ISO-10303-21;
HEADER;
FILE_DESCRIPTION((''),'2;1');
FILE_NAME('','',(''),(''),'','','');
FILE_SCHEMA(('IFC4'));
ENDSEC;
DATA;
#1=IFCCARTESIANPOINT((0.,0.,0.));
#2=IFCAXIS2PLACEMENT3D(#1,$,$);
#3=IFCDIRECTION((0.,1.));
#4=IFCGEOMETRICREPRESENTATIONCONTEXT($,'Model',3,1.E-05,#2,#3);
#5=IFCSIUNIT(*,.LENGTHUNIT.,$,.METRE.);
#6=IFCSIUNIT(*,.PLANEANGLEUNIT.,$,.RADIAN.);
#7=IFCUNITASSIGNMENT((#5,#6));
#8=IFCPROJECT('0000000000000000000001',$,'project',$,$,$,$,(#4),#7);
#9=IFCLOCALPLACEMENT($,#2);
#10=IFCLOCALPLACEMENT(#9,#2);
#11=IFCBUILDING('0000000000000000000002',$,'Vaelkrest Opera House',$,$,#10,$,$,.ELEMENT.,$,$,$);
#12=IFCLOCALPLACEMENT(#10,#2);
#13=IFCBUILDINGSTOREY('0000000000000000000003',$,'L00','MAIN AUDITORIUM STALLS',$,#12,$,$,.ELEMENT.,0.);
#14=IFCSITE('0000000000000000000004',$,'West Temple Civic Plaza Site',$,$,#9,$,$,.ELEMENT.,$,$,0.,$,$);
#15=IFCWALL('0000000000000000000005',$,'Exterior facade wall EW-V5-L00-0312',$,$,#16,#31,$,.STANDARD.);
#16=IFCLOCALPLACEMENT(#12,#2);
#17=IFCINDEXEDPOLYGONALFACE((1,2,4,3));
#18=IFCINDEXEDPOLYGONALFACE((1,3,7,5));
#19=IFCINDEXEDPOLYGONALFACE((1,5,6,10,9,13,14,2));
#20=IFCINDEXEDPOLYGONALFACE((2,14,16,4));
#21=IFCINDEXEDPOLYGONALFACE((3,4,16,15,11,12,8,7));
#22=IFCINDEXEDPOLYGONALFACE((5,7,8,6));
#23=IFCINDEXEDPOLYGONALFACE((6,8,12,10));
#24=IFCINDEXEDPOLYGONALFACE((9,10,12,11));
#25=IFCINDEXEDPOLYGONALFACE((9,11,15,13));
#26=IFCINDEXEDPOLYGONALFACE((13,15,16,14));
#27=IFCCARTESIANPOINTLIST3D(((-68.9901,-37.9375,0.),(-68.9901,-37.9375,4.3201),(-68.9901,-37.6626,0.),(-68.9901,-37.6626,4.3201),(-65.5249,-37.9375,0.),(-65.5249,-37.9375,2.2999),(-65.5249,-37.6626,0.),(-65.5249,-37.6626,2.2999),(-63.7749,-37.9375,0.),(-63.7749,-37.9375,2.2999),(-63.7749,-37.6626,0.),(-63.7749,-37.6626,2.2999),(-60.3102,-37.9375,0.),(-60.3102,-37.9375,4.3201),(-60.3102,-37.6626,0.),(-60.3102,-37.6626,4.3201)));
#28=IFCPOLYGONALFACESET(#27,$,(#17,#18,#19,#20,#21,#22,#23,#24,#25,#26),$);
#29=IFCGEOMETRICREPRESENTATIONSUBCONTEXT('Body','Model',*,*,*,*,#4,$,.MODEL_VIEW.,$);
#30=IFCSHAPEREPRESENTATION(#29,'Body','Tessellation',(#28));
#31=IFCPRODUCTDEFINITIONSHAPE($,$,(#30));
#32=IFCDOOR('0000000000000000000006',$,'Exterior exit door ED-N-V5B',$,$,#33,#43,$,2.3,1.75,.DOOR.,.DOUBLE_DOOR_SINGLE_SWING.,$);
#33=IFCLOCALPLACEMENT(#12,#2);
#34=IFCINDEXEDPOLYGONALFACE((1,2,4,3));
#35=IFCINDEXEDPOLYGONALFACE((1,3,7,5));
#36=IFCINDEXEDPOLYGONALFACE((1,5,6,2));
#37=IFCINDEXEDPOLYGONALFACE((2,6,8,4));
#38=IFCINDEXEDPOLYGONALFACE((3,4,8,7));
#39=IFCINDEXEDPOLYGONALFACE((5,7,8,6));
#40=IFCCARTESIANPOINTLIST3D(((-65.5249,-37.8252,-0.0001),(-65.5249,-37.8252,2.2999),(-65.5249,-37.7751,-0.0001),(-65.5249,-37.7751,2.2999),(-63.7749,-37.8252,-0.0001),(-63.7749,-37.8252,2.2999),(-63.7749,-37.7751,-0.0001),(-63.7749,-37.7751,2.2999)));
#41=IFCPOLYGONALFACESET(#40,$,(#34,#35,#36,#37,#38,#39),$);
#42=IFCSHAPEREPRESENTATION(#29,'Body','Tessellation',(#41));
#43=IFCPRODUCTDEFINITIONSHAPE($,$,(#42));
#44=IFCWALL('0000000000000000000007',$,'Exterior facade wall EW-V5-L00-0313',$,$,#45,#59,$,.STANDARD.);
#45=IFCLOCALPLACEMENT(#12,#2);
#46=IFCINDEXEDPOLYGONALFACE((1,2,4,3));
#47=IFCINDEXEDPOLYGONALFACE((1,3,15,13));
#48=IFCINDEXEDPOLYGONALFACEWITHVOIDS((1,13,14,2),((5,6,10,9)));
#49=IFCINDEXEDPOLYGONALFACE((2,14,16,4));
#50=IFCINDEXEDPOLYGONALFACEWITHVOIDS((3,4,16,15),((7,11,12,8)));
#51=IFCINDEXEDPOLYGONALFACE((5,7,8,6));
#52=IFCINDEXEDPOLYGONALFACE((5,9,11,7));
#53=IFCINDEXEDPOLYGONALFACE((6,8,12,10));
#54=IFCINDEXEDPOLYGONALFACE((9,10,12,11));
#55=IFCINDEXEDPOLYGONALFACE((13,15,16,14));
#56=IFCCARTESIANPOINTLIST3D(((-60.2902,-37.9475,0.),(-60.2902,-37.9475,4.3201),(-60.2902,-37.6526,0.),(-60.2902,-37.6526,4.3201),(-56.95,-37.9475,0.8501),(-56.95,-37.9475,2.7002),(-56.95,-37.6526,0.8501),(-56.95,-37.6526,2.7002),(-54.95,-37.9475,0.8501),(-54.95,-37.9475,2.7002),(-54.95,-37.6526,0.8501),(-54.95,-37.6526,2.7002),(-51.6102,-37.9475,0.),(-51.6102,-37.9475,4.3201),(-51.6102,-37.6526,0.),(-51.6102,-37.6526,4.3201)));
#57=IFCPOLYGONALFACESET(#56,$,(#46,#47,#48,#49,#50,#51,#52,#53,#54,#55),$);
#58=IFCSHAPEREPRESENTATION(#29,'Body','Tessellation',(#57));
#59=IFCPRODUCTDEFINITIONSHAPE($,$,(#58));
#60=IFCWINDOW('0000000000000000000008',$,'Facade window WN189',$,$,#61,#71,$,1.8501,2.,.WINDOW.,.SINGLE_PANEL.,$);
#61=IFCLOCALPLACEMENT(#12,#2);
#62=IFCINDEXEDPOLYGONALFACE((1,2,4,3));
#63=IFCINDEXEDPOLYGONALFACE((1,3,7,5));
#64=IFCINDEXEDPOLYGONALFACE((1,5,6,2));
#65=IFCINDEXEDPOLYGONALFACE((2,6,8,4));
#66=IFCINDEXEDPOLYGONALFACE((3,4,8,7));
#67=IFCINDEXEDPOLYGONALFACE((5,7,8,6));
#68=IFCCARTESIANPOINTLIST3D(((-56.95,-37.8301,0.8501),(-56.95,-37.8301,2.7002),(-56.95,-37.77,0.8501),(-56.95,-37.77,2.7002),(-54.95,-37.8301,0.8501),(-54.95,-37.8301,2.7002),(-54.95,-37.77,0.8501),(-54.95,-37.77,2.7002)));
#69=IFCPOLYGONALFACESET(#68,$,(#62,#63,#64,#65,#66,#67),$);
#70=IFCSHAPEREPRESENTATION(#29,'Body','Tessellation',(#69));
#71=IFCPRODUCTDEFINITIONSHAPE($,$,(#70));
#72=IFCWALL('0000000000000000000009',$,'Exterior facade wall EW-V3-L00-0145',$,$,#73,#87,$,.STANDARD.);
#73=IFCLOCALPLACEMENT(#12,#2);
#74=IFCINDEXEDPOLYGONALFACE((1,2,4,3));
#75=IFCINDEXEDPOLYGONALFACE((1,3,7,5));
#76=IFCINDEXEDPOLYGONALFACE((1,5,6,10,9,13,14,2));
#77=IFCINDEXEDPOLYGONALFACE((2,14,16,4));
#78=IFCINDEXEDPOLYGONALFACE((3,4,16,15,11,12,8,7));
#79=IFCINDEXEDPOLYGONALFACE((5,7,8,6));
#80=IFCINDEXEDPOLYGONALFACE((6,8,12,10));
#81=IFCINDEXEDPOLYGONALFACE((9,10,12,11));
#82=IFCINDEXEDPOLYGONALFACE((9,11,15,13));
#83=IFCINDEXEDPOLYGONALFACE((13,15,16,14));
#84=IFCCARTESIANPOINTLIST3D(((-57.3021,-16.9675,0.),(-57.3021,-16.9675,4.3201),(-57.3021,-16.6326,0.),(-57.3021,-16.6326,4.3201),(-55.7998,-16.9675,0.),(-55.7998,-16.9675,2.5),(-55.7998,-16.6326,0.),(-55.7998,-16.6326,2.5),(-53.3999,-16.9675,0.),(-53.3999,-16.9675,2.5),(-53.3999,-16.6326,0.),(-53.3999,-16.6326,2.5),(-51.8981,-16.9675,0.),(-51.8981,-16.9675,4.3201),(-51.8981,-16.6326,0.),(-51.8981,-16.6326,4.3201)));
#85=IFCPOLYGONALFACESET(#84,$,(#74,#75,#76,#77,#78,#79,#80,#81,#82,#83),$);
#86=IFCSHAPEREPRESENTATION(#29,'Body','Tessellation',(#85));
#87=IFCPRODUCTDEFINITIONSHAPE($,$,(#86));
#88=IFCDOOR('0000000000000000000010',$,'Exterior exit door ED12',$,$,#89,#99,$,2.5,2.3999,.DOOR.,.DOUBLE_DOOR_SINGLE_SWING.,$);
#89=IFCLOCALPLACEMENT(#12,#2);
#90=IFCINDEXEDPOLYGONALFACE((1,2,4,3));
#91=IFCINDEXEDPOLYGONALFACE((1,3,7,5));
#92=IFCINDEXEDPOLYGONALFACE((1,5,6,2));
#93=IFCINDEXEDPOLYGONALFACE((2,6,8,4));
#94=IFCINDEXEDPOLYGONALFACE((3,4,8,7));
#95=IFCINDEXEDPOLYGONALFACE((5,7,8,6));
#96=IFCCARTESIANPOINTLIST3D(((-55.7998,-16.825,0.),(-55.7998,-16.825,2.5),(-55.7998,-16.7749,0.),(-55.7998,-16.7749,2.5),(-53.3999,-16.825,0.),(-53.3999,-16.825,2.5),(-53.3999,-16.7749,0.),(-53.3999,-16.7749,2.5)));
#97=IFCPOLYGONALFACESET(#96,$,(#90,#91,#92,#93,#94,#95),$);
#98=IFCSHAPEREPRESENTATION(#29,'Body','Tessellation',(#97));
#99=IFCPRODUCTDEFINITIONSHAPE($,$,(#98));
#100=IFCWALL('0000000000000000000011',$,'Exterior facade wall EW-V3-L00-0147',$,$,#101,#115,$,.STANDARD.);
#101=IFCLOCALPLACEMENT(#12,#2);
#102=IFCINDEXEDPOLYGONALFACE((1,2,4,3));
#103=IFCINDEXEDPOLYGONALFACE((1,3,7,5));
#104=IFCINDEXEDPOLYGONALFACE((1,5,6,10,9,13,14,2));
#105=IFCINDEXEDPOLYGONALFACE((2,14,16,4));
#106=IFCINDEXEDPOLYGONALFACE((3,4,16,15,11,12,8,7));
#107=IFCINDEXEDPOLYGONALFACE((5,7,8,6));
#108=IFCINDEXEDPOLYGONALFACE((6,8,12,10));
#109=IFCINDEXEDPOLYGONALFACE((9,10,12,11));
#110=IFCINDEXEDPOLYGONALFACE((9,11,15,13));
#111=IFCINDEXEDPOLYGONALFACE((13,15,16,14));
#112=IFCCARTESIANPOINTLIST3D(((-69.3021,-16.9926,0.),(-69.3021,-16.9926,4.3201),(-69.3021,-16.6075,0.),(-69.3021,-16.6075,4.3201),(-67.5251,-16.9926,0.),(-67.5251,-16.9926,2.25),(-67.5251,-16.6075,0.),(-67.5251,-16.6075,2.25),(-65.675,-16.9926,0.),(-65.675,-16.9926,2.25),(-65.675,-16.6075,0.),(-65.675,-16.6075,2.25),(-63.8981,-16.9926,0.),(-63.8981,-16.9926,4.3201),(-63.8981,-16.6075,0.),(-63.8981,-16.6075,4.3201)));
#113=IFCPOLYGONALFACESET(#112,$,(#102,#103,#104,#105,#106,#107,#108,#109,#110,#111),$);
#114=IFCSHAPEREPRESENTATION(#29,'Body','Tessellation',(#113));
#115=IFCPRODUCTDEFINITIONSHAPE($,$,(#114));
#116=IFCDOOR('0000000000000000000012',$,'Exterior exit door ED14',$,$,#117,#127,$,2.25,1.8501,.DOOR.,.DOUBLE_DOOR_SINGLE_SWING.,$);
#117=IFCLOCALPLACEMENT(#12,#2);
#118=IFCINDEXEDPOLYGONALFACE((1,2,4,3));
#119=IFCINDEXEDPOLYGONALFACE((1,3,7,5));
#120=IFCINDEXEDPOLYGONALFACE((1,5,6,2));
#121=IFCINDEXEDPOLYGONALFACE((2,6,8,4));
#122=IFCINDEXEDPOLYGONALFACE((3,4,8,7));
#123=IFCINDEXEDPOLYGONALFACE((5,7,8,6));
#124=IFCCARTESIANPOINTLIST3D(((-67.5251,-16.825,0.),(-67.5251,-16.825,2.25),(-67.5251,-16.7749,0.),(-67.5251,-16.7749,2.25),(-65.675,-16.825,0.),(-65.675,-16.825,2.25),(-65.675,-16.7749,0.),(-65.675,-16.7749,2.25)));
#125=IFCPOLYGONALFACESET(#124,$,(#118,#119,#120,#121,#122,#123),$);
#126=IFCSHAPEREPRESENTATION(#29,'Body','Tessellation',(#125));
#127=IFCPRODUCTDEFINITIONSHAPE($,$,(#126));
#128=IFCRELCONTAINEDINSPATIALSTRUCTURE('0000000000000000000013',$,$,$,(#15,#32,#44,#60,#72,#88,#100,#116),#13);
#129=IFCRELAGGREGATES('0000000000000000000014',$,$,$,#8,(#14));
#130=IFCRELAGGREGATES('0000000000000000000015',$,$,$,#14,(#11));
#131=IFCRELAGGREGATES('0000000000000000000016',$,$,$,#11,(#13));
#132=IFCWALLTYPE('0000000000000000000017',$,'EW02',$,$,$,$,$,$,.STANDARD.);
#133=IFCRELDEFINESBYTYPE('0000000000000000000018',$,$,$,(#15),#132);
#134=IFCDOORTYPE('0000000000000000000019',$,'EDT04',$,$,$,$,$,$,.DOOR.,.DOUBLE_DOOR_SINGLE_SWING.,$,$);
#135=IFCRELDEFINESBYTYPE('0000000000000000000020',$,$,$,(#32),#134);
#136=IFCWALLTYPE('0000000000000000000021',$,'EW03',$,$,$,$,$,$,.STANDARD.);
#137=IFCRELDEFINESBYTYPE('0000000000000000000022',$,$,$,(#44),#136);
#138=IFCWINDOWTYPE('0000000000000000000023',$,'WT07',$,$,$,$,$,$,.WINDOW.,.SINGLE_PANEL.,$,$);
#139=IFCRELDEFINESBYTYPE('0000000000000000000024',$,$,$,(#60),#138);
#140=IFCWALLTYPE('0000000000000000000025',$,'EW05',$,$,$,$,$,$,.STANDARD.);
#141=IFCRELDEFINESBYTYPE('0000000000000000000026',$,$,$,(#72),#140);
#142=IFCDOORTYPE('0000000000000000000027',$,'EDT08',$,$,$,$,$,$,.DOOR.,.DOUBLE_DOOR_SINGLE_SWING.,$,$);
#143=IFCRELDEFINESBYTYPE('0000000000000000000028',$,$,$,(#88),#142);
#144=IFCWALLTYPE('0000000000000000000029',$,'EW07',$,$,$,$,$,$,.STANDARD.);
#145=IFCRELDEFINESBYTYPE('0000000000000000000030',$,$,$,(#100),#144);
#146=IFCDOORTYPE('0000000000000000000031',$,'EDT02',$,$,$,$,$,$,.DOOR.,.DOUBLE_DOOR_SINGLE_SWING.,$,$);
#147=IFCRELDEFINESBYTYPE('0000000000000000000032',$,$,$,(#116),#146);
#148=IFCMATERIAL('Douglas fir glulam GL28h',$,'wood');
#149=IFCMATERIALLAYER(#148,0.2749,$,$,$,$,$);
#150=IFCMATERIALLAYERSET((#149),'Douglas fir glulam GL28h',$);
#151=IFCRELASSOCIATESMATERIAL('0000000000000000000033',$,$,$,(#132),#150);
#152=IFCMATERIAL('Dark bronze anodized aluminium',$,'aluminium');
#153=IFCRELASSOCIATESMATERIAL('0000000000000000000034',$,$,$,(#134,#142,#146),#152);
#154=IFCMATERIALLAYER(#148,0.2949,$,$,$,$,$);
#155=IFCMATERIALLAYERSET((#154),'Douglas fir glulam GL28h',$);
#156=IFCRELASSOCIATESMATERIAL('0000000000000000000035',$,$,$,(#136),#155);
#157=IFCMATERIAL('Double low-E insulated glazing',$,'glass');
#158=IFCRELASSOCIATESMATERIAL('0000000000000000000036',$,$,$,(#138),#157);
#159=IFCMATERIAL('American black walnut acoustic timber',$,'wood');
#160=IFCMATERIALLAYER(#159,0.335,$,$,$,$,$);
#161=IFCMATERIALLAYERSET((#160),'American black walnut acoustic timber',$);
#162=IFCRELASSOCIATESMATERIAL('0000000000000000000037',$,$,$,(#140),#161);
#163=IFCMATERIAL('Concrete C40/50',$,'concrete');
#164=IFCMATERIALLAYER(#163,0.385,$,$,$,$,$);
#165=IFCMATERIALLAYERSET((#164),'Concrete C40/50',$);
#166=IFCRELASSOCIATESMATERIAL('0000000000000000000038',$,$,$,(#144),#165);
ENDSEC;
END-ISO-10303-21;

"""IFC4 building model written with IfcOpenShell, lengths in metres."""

from ifc_helpers import new_model, si_unit, direction, frame, frame_2d, origin, place, context, subcontext, project, spatial, rectangle, extrude, material, layer, layer_set, type_object, element, fill, save


model = new_model("IFC4")

# Units and contexts
model_context = context("Model", 3, precision=1e-05, world=origin(), true_north=direction((0.0, 1.0)))
body_context = subcontext(model_context, "Body", "Model", "MODEL_VIEW")
ifc_project = project(units=[si_unit("LENGTHUNIT", "METRE"), si_unit("PLANEANGLEUNIT", "RADIAN")], contexts=[model_context])

# Site, building, storey
site_placement = place(None, origin())
site = spatial("IfcSite", under=ifc_project, at=site_placement, Name="West Temple Civic Plaza Site", CompositionType="ELEMENT", RefElevation=0.0)
building_placement = place(site_placement, origin())
building = spatial("IfcBuilding", under=site, at=building_placement, Name="Vaelkrest Opera House", CompositionType="ELEMENT")
storey_placement = place(building_placement, origin())
storey = spatial("IfcBuildingStorey", under=building, at=storey_placement, Name="L00", Description="MAIN AUDITORIUM STALLS", CompositionType="ELEMENT", Elevation=0.0)

# Wall, opening, door
ifc_material_1 = material(Name="Douglas fir glulam GL28h", Category="wood")
ifc_layer_1 = layer(ifc_material_1, 0.2749)
ifc_layer_set_1 = layer_set([ifc_layer_1], Name="Douglas fir glulam GL28h")
wall_type_1 = type_object("IfcWallType", Name="EW02", PredefinedType="STANDARD", material=ifc_layer_set_1)
wall_1_placement = place(storey_placement, frame((-68.99, -37.8, 0.0), z_axis=(0.0, 0.0, 1.0), x_axis=(1.0, 0.0, 0.0)))
wall_1 = element("IfcWall", 1, at=wall_1_placement, inside=storey, type_object=wall_type_1, Name="Exterior facade wall EW-V5-L00-0312", PredefinedType="STANDARD", context=body_context, shape_type="SweptSolid", body=[
    extrude(rectangle(XDim=8.6799, YDim=0.2749, at=frame_2d((4.3398, 0.0))), origin(), (0.0, 0.0, 1.0), 4.3201),
])
opening_1_placement = place(wall_1_placement, frame((3.4651, 0.0, 0.0)))
opening_1 = element("IfcOpeningElement", 2, at=opening_1_placement, cuts=wall_1, PredefinedType="OPENING", context=body_context, shape_type="SweptSolid", body=[
    extrude(rectangle(XDim=1.75, YDim=2.3, at=frame_2d((0.875, 1.1499))), frame((0.0, 0.1475, 0.0), z_axis=(0.0, -1.0, 0.0), x_axis=(1.0, 0.0, 0.0)), (0.0, 0.0, 1.0), 0.2949),
])
ifc_material_2 = material(Name="Dark bronze anodized aluminium", Category="aluminium")
door_type_1 = type_object("IfcDoorType", Name="EDT04", OperationType="DOUBLE_DOOR_SINGLE_SWING", PredefinedType="DOOR", material=ifc_material_2)
door_1_placement = place(opening_1_placement, origin())
door_1 = element("IfcDoor", 3, at=door_1_placement, inside=storey, type_object=door_type_1, Name="Exterior exit door ED-N-V5B", OperationType="DOUBLE_DOOR_SINGLE_SWING", OverallHeight=2.3, OverallWidth=1.75, PredefinedType="DOOR", context=body_context, shape_type="SweptSolid", body=[
    extrude(rectangle(XDim=1.75, YDim=2.3, at=frame_2d((0.875, 1.1499))), frame((0.0, 0.0249, 0.0), z_axis=(0.0, -1.0, 0.0), x_axis=(1.0, 0.0, 0.0)), (0.0, 0.0, 1.0), 0.05),
])
fill(opening_1, door_1)

# Wall, opening, window
ifc_layer_2 = layer(ifc_material_1, 0.2949)
ifc_layer_set_2 = layer_set([ifc_layer_2], Name="Douglas fir glulam GL28h")
wall_type_2 = type_object("IfcWallType", Name="EW03", PredefinedType="STANDARD", material=ifc_layer_set_2)
wall_2_placement = place(storey_placement, frame((-60.29, -37.8, 0.0), z_axis=(0.0, 0.0, 1.0), x_axis=(1.0, 0.0, 0.0)))
wall_2 = element("IfcWall", 4, at=wall_2_placement, inside=storey, type_object=wall_type_2, Name="Exterior facade wall EW-V5-L00-0313", PredefinedType="STANDARD", context=body_context, shape_type="SweptSolid", body=[
    extrude(rectangle(XDim=8.6799, YDim=0.2949, at=frame_2d((4.3398, 0.0))), origin(), (0.0, 0.0, 1.0), 4.3201),
])
opening_2_placement = place(wall_2_placement, frame((3.3401, 0.0, 0.8501)))
opening_2 = element("IfcOpeningElement", 5, at=opening_2_placement, cuts=wall_2, PredefinedType="OPENING", context=body_context, shape_type="SweptSolid", body=[
    extrude(rectangle(XDim=2.0, YDim=1.8501, at=frame_2d((1.0, 0.925))), frame((0.0, 0.1575, 0.0), z_axis=(0.0, -1.0, 0.0), x_axis=(1.0, 0.0, 0.0)), (0.0, 0.0, 1.0), 0.3149),
])
ifc_material_3 = material(Name="Double low-E insulated glazing", Category="glass")
window_type = type_object("IfcWindowType", Name="WT07", PartitioningType="SINGLE_PANEL", PredefinedType="WINDOW", material=ifc_material_3)
window_placement = place(opening_2_placement, origin())
window = element("IfcWindow", 6, at=window_placement, inside=storey, type_object=window_type, Name="Facade window WN189", OverallHeight=1.8501, OverallWidth=2.0, PartitioningType="SINGLE_PANEL", PredefinedType="WINDOW", context=body_context, shape_type="SweptSolid", body=[
    extrude(rectangle(XDim=2.0, YDim=1.8501, at=frame_2d((1.0, 0.925))), frame((0.0, 0.03, 0.0), z_axis=(0.0, -1.0, 0.0), x_axis=(1.0, 0.0, 0.0)), (0.0, 0.0, 1.0), 0.0601),
])
fill(opening_2, window)

# Walls, openings, doors
ifc_material_4 = material(Name="American black walnut acoustic timber", Category="wood")
ifc_layer_3 = layer(ifc_material_4, 0.335)
ifc_layer_set_3 = layer_set([ifc_layer_3], Name="American black walnut acoustic timber")
wall_type_3 = type_object("IfcWallType", Name="EW05", PredefinedType="STANDARD", material=ifc_layer_set_3)
wall_3_placement = place(storey_placement, frame((-51.8979, -16.8, 0.0), z_axis=(0.0, 0.0, 1.0), x_axis=(-1.0, 0.0, 0.0)))
wall_3 = element("IfcWall", 7, at=wall_3_placement, inside=storey, type_object=wall_type_3, Name="Exterior facade wall EW-V3-L00-0145", PredefinedType="STANDARD", context=body_context, shape_type="SweptSolid", body=[
    extrude(rectangle(XDim=5.4041, YDim=0.335, at=frame_2d((2.7021, 0.0))), origin(), (0.0, 0.0, 1.0), 4.3201),
])
opening_3_placement = place(wall_3_placement, frame((1.502, 0.0, 0.0)))
opening_3 = element("IfcOpeningElement", 8, at=opening_3_placement, cuts=wall_3, PredefinedType="OPENING", context=body_context, shape_type="SweptSolid", body=[
    extrude(rectangle(XDim=2.3999, YDim=2.5, at=frame_2d((1.2, 1.25))), frame((0.0, 0.1775, 0.0), z_axis=(0.0, -1.0, 0.0), x_axis=(1.0, 0.0, 0.0)), (0.0, 0.0, 1.0), 0.355),
])
door_type_2 = type_object("IfcDoorType", Name="EDT08", OperationType="DOUBLE_DOOR_SINGLE_SWING", PredefinedType="DOOR", material=ifc_material_2)
door_2_placement = place(opening_3_placement, origin())
door_2 = element("IfcDoor", 9, at=door_2_placement, inside=storey, type_object=door_type_2, Name="Exterior exit door ED12", OperationType="DOUBLE_DOOR_SINGLE_SWING", OverallHeight=2.5, OverallWidth=2.3999, PredefinedType="DOOR", context=body_context, shape_type="SweptSolid", body=[
    extrude(rectangle(XDim=2.3999, YDim=2.5, at=frame_2d((1.2, 1.25))), frame((0.0, 0.0249, 0.0), z_axis=(0.0, -1.0, 0.0), x_axis=(1.0, 0.0, 0.0)), (0.0, 0.0, 1.0), 0.05),
])
fill(opening_3, door_2)
ifc_material_5 = material(Name="Concrete C40/50", Category="concrete")
ifc_layer_4 = layer(ifc_material_5, 0.385)
ifc_layer_set_4 = layer_set([ifc_layer_4], Name="Concrete C40/50")
wall_type_4 = type_object("IfcWallType", Name="EW07", PredefinedType="STANDARD", material=ifc_layer_set_4)
wall_4_placement = place(storey_placement, frame((-63.8979, -16.8, 0.0), z_axis=(0.0, 0.0, 1.0), x_axis=(-1.0, 0.0, 0.0)))
wall_4 = element("IfcWall", 10, at=wall_4_placement, inside=storey, type_object=wall_type_4, Name="Exterior facade wall EW-V3-L00-0147", PredefinedType="STANDARD", context=body_context, shape_type="SweptSolid", body=[
    extrude(rectangle(XDim=5.4041, YDim=0.385, at=frame_2d((2.7021, 0.0))), origin(), (0.0, 0.0, 1.0), 4.3201),
])
opening_4_placement = place(wall_4_placement, frame((1.7771, 0.0, 0.0)))
opening_4 = element("IfcOpeningElement", 11, at=opening_4_placement, cuts=wall_4, PredefinedType="OPENING", context=body_context, shape_type="SweptSolid", body=[
    extrude(rectangle(XDim=1.8501, YDim=2.25, at=frame_2d((0.925, 1.125))), frame((0.0, 0.2024, 0.0), z_axis=(0.0, -1.0, 0.0), x_axis=(1.0, 0.0, 0.0)), (0.0, 0.0, 1.0), 0.405),
])
door_type_3 = type_object("IfcDoorType", Name="EDT02", OperationType="DOUBLE_DOOR_SINGLE_SWING", PredefinedType="DOOR", material=ifc_material_2)
door_3_placement = place(opening_4_placement, origin())
door_3 = element("IfcDoor", 12, at=door_3_placement, inside=storey, type_object=door_type_3, Name="Exterior exit door ED14", OperationType="DOUBLE_DOOR_SINGLE_SWING", OverallHeight=2.25, OverallWidth=1.8501, PredefinedType="DOOR", context=body_context, shape_type="SweptSolid", body=[
    extrude(rectangle(XDim=1.8501, YDim=2.25, at=frame_2d((0.925, 1.125))), frame((0.0, 0.0249, 0.0), z_axis=(0.0, -1.0, 0.0), x_axis=(1.0, 0.0, 0.0)), (0.0, 0.0, 1.0), 0.05),
])
fill(opening_4, door_3)

save(model, "model.ifc")
